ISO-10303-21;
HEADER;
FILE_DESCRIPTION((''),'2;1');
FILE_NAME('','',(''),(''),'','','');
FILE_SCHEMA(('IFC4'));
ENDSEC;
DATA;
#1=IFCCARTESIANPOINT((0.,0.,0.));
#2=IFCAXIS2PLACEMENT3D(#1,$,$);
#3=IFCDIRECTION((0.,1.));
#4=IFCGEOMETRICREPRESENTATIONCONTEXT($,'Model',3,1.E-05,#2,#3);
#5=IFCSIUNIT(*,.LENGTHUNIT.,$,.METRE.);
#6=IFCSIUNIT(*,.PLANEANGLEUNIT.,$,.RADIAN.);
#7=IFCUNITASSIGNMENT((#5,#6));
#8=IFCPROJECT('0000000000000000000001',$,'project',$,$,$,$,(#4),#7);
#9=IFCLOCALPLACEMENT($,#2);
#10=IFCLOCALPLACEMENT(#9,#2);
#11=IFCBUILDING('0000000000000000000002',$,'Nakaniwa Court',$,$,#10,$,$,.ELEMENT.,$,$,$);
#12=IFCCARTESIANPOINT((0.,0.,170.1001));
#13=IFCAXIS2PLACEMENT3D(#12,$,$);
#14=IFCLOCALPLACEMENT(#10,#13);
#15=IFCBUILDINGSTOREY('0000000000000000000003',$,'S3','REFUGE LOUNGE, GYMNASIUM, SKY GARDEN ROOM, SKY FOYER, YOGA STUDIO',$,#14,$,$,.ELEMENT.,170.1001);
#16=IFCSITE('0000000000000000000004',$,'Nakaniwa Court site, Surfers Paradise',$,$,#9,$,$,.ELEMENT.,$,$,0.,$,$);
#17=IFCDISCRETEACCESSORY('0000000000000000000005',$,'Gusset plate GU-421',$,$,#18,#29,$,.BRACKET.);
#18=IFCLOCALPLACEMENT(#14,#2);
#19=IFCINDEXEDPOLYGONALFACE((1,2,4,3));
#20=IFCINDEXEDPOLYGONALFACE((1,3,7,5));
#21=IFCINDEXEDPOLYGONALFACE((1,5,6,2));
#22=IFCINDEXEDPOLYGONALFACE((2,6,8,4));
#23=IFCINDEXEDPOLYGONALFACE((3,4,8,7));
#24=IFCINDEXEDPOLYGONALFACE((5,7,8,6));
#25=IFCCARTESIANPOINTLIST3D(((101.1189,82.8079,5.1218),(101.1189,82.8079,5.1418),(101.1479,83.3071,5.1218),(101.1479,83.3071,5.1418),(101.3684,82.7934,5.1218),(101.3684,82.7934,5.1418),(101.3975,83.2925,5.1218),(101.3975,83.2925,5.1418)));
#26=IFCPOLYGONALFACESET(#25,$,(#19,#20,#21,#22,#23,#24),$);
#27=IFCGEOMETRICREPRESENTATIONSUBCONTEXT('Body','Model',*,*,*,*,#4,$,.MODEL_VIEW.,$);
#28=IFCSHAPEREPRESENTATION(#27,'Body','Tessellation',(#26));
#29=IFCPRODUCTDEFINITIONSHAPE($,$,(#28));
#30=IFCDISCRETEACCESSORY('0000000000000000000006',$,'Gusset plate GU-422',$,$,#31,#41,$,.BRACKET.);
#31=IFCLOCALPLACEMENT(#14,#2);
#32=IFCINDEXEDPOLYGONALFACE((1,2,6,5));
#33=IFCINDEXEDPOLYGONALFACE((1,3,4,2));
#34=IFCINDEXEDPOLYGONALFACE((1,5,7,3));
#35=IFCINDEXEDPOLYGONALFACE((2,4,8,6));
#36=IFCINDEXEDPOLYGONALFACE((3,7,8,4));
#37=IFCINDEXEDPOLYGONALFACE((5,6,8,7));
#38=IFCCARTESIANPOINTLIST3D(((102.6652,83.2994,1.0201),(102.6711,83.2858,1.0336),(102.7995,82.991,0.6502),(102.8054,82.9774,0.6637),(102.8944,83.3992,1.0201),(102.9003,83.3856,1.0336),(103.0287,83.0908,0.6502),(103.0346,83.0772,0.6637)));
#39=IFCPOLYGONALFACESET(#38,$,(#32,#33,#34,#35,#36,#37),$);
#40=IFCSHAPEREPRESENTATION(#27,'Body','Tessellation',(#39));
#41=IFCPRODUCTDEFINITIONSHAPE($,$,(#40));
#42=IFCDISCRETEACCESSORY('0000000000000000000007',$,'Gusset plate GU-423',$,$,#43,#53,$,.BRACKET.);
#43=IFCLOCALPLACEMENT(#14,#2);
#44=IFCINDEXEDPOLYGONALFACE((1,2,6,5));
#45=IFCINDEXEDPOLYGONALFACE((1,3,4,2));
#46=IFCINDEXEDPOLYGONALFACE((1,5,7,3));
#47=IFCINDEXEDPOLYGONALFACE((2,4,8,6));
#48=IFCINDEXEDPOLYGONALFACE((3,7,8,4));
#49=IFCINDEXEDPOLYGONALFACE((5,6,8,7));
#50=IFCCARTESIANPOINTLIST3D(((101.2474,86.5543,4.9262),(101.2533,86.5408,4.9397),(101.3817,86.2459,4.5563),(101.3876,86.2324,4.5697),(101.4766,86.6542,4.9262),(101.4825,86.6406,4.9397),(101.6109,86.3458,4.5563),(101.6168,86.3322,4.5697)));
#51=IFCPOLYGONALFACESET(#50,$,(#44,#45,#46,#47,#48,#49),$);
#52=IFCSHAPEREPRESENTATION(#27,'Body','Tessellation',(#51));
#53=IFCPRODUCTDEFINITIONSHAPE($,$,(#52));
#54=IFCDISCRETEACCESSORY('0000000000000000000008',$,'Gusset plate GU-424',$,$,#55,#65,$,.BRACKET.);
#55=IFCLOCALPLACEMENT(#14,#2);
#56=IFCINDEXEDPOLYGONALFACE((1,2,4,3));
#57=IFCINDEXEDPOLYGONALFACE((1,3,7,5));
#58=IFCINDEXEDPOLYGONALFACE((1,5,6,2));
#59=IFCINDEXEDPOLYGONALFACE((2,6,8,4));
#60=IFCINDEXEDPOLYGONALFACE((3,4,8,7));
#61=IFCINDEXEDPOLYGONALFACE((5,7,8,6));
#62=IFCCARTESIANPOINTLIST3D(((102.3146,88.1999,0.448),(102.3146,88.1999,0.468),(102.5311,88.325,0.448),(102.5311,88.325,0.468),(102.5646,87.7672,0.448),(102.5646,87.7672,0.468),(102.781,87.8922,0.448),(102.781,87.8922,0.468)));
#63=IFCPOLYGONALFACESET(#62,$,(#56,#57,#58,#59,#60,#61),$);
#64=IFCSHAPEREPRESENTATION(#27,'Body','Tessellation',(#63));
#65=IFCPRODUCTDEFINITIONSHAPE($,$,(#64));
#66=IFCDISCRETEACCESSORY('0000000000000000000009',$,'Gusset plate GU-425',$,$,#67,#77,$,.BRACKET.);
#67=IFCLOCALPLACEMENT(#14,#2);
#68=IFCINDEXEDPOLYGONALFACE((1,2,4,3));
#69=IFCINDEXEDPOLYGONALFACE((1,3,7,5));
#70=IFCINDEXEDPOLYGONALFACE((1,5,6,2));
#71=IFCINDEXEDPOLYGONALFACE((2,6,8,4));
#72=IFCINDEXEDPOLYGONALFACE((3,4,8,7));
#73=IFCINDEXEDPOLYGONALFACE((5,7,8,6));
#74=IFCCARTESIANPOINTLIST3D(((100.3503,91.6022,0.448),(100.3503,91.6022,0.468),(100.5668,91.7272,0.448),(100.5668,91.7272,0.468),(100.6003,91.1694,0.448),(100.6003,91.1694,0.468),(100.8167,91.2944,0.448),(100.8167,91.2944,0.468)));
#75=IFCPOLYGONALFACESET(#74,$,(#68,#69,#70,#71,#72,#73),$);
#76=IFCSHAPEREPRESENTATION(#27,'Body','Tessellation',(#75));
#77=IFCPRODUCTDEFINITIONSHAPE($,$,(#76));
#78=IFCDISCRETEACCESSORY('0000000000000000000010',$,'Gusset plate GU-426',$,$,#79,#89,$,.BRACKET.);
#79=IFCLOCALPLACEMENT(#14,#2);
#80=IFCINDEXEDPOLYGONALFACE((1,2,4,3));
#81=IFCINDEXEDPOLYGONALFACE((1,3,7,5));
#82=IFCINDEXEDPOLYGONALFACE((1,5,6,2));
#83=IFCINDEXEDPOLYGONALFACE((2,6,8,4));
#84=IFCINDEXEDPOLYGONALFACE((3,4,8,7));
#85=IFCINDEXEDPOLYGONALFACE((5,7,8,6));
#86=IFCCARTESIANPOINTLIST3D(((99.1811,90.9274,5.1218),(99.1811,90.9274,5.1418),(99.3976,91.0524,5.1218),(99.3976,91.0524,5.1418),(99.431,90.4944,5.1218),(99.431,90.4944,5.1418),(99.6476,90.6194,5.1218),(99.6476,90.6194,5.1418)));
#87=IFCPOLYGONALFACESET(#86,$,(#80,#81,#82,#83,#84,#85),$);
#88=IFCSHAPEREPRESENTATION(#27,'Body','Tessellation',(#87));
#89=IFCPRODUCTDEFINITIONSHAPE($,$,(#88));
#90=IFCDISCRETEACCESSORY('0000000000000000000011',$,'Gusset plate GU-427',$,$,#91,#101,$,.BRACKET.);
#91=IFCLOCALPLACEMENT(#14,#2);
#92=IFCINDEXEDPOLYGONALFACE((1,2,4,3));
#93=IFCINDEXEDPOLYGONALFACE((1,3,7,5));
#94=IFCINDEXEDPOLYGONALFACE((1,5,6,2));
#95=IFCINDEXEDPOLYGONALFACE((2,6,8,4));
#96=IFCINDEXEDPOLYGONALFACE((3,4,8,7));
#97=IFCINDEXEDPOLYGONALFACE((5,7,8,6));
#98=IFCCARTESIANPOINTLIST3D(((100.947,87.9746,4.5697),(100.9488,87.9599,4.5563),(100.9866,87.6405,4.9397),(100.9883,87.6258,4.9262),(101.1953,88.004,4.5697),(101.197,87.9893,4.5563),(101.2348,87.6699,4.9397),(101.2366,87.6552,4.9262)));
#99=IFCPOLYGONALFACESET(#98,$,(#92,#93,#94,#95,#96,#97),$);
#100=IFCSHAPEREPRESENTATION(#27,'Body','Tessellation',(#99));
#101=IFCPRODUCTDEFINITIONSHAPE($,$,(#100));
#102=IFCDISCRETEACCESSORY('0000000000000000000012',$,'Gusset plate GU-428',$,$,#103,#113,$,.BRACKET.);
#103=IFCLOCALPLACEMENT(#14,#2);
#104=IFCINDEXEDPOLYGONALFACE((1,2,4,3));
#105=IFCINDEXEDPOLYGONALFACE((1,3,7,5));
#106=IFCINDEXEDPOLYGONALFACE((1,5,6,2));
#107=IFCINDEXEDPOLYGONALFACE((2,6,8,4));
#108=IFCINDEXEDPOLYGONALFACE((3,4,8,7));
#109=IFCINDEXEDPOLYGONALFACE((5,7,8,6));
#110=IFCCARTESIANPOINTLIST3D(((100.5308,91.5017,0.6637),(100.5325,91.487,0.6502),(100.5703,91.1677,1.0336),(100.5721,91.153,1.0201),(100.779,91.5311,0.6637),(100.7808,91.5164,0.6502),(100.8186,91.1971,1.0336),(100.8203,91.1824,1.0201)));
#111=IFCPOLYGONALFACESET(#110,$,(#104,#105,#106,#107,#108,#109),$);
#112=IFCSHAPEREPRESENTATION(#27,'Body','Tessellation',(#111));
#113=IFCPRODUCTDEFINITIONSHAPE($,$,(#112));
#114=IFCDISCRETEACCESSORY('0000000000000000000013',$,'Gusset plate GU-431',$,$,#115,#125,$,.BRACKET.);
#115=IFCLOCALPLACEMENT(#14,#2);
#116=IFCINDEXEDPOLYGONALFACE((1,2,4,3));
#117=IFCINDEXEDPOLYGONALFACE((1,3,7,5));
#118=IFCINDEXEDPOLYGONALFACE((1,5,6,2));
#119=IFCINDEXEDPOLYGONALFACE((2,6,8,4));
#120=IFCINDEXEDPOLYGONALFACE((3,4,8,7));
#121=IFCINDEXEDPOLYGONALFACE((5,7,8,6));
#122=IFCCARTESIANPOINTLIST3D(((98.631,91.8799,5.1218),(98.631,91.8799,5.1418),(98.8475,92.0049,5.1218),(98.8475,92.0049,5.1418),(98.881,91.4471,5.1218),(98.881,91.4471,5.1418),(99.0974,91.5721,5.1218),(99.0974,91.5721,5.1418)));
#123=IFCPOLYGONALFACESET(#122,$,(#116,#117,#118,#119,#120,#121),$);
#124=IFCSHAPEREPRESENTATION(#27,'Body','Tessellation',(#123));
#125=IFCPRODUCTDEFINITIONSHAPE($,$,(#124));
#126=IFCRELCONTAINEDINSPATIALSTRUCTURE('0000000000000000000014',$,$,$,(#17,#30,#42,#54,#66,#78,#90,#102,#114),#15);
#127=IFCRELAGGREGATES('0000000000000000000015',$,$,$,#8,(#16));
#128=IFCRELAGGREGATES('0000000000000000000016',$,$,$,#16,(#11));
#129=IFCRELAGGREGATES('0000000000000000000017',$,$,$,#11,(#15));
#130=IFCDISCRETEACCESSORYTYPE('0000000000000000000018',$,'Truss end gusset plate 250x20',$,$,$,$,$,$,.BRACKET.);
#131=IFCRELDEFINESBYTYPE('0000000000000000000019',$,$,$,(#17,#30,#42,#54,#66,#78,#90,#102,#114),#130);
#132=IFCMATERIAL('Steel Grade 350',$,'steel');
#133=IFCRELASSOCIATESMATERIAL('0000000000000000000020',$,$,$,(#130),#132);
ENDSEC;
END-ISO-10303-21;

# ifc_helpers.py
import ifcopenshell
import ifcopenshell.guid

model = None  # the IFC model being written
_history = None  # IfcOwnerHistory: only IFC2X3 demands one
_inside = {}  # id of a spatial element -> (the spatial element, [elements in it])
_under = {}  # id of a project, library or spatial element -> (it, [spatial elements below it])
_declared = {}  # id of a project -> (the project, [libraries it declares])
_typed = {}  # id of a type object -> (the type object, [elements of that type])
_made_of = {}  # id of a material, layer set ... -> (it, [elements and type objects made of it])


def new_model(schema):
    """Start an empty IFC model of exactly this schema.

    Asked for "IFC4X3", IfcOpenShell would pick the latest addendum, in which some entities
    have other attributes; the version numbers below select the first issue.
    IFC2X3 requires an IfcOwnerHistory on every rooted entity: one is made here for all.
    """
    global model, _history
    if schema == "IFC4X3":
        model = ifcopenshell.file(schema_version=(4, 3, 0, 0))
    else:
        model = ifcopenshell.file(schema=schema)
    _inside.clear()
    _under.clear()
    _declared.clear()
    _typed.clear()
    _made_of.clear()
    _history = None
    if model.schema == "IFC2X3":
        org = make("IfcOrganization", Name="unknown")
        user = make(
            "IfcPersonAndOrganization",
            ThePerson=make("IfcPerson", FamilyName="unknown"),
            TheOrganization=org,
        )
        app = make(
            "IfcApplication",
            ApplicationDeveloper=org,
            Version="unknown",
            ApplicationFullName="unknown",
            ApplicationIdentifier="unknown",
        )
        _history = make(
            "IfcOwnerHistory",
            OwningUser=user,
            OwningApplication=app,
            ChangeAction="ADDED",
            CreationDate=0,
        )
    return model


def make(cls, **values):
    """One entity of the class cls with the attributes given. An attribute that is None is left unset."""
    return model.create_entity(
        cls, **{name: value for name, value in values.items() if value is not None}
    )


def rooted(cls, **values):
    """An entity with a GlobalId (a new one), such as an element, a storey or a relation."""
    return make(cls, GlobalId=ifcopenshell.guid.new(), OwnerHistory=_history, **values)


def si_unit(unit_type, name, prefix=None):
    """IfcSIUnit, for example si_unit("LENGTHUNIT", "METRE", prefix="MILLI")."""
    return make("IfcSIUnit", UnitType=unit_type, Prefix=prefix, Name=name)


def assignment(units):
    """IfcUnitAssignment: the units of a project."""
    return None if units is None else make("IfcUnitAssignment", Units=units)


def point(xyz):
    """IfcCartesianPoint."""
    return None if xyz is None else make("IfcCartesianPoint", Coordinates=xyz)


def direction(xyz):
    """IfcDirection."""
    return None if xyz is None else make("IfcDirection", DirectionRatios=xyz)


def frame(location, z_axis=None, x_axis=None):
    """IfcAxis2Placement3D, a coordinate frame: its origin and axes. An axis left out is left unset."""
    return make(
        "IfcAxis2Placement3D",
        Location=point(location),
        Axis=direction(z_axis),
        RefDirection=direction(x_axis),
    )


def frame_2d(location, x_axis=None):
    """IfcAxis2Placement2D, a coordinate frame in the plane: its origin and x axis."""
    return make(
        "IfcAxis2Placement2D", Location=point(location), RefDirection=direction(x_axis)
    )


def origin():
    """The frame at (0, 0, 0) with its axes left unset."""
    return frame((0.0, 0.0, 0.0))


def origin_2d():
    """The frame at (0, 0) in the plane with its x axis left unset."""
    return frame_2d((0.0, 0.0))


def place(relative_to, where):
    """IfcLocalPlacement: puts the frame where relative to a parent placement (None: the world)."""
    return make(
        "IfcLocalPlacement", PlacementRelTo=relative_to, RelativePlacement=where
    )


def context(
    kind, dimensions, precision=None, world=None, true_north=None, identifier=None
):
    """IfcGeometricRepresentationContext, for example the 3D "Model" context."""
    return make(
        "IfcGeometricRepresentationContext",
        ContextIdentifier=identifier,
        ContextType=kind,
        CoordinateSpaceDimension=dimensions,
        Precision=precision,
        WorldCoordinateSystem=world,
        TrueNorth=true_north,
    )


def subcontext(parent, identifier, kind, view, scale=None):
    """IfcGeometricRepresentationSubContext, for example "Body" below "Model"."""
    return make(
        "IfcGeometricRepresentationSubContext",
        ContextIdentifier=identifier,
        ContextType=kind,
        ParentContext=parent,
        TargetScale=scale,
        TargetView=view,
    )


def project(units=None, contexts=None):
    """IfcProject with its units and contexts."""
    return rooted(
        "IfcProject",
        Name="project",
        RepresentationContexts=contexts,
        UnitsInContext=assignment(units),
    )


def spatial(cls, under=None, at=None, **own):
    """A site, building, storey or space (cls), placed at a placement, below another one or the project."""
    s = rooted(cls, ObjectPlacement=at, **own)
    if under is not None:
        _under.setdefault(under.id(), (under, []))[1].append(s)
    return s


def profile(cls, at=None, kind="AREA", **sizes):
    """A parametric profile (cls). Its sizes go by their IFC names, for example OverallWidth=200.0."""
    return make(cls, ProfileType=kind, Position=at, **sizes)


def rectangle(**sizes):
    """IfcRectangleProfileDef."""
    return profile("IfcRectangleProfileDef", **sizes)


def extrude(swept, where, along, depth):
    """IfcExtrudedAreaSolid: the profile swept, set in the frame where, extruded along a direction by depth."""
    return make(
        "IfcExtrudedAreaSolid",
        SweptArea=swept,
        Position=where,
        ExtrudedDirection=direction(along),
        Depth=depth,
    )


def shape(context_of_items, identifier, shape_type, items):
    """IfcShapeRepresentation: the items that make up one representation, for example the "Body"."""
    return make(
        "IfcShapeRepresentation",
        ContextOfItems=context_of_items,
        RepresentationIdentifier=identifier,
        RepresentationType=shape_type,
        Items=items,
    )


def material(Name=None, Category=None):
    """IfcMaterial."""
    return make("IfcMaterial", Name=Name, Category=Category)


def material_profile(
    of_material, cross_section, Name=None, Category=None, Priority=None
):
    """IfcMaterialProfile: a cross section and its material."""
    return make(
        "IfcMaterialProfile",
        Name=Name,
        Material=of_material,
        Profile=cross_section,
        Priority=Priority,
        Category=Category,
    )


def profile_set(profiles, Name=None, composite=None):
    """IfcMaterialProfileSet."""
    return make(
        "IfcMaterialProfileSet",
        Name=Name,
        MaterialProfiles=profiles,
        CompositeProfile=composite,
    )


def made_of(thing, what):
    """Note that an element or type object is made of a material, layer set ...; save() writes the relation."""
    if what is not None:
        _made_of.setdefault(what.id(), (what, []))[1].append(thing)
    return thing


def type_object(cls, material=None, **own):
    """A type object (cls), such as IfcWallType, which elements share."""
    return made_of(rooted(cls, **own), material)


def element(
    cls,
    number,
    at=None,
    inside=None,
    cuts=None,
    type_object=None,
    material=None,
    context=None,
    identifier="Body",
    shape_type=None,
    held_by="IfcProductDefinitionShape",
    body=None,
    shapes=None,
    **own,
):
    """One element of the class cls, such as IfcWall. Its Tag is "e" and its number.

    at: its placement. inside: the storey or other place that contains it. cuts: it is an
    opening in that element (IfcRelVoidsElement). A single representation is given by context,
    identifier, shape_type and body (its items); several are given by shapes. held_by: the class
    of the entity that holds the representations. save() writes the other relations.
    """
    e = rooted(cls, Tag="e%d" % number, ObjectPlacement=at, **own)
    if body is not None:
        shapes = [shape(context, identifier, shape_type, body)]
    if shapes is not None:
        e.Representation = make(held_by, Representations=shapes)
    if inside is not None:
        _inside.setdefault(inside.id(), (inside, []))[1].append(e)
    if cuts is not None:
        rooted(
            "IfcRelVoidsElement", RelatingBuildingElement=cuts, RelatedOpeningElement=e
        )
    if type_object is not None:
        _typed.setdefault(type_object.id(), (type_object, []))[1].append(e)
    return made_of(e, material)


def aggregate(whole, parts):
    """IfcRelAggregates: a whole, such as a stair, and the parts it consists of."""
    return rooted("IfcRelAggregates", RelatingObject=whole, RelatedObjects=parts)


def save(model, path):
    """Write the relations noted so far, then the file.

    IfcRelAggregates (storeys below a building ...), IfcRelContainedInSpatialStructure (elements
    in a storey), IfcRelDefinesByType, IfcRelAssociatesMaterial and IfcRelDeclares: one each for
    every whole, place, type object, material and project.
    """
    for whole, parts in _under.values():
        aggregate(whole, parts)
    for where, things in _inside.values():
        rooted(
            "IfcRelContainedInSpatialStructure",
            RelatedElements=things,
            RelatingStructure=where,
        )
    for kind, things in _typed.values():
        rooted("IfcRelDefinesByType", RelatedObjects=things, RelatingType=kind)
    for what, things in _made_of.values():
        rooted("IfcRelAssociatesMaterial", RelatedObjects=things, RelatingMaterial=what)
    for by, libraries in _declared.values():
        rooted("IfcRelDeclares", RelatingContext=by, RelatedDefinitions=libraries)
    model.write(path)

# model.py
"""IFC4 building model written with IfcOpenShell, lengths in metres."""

from ifc_helpers import new_model, si_unit, direction, frame, origin, origin_2d, place, context, subcontext, project, spatial, rectangle, extrude, material, material_profile, profile_set, type_object, element, save


model = new_model("IFC4")

# Units and contexts
model_context = context("Model", 3, precision=1e-05, world=origin(), true_north=direction((0.0, 1.0)))
body_context = subcontext(model_context, "Body", "Model", "MODEL_VIEW")
ifc_project = project(units=[si_unit("LENGTHUNIT", "METRE"), si_unit("PLANEANGLEUNIT", "RADIAN")], contexts=[model_context])

# Site, building, storey
site_placement = place(None, origin())
site = spatial("IfcSite", under=ifc_project, at=site_placement, Name="Nakaniwa Court site, Surfers Paradise", CompositionType="ELEMENT", RefElevation=0.0)
building_placement = place(site_placement, origin())
building = spatial("IfcBuilding", under=site, at=building_placement, Name="Nakaniwa Court", CompositionType="ELEMENT")
storey_placement = place(building_placement, frame((0.0, 0.0, 170.1001)))
storey = spatial("IfcBuildingStorey", under=building, at=storey_placement, Name="S3", Description="REFUGE LOUNGE, GYMNASIUM, SKY GARDEN ROOM, SKY FOYER, YOGA STUDIO", CompositionType="ELEMENT", Elevation=170.1001)

# Shared definitions
ifc_material_1 = material(Name="Steel Grade 350", Category="steel")

# Discrete accessories
ifc_material_profile_1 = material_profile(ifc_material_1, rectangle(XDim=0.25, YDim=0.02, at=origin_2d()), Name="Truss end gusset plate 250x20")
ifc_profile_set_1 = profile_set([ifc_material_profile_1], Name="Steel Grade 350")
discrete_accessory_type = type_object("IfcDiscreteAccessoryType", Name="Truss end gusset plate 250x20", PredefinedType="BRACKET", material=ifc_profile_set_1)
for number, where, z_axis, x_axis, name in (
    (1, (101.2727, 83.2998, 5.1318), (-0.058092, -0.998311, 0.0), (0.998311, -0.058092, 0.0), "Gusset plate GU-421"),
    (2, (102.7827, 83.3425, 1.0269), (0.2686, -0.616803, -0.73987), (0.916839, 0.399257, 0.0), "Gusset plate GU-422"),
    (3, (101.4993, 86.2891, 4.563), (-0.2686, 0.616803, 0.73987), (-0.916839, -0.399257, 0.0), "Gusset plate GU-423"),
):
    element("IfcDiscreteAccessory", number, at=place(storey_placement, frame(where, z_axis=z_axis, x_axis=x_axis)), inside=storey, type_object=discrete_accessory_type, Name=name, PredefinedType="BRACKET", context=body_context, shape_type="SweptSolid", body=[
        extrude(rectangle(XDim=0.25, YDim=0.02, at=origin_2d()), origin(), (0.0, 0.0, 1.0), 0.5),
    ])
for number, where, z_axis, x_axis, name in (
    (4, (102.4229, 88.2625, 0.458), (0.500131, -0.86595, 0.0), (0.86595, 0.500131, 0.0), "Gusset plate GU-424"),
    (5, (100.7085, 91.2319, 0.458), (-0.500131, 0.86595, 0.0), (-0.86595, -0.500131, 0.0), "Gusset plate GU-425"),
):
    element("IfcDiscreteAccessory", number, at=place(storey_placement, frame(where, z_axis=z_axis, x_axis=x_axis)), inside=storey, type_object=discrete_accessory_type, Name=name, PredefinedType="BRACKET", context=body_context, shape_type="SweptSolid", body=[
        extrude(rectangle(XDim=0.25, YDim=0.02, at=origin_2d()), origin(), (0.0, 0.0, 1.0), 0.4998),
    ])
for number, where, z_axis, x_axis, name in (
    (6, (99.5393, 90.5569, 5.1318), (-0.49992, 0.866072, 0.0), (-0.866072, -0.49992, 0.0), "Gusset plate GU-426"),
    (7, (101.072, 87.9819, 4.563), (0.079115, -0.668081, 0.739871), (0.993061, 0.117599, 0.0), "Gusset plate GU-427"),
    (8, (100.6953, 91.175, 1.0269), (-0.079115, 0.668081, -0.739871), (-0.993061, -0.117599, 0.0), "Gusset plate GU-428"),
):
    element("IfcDiscreteAccessory", number, at=place(storey_placement, frame(where, z_axis=z_axis, x_axis=x_axis)), inside=storey, type_object=discrete_accessory_type, Name=name, PredefinedType="BRACKET", context=body_context, shape_type="SweptSolid", body=[
        extrude(rectangle(XDim=0.25, YDim=0.02, at=origin_2d()), origin(), (0.0, 0.0, 1.0), 0.5),
    ])
discrete_accessory_placement = place(storey_placement, frame((98.7393, 91.9424, 5.1318), z_axis=(0.500131, -0.86595, 0.0), x_axis=(0.86595, 0.500131, 0.0)))
element("IfcDiscreteAccessory", 9, at=discrete_accessory_placement, inside=storey, type_object=discrete_accessory_type, Name="Gusset plate GU-431", PredefinedType="BRACKET", context=body_context, shape_type="SweptSolid", body=[
    extrude(rectangle(XDim=0.25, YDim=0.02, at=origin_2d()), origin(), (0.0, 0.0, 1.0), 0.4998),
])

save(model, "model.ifc")
